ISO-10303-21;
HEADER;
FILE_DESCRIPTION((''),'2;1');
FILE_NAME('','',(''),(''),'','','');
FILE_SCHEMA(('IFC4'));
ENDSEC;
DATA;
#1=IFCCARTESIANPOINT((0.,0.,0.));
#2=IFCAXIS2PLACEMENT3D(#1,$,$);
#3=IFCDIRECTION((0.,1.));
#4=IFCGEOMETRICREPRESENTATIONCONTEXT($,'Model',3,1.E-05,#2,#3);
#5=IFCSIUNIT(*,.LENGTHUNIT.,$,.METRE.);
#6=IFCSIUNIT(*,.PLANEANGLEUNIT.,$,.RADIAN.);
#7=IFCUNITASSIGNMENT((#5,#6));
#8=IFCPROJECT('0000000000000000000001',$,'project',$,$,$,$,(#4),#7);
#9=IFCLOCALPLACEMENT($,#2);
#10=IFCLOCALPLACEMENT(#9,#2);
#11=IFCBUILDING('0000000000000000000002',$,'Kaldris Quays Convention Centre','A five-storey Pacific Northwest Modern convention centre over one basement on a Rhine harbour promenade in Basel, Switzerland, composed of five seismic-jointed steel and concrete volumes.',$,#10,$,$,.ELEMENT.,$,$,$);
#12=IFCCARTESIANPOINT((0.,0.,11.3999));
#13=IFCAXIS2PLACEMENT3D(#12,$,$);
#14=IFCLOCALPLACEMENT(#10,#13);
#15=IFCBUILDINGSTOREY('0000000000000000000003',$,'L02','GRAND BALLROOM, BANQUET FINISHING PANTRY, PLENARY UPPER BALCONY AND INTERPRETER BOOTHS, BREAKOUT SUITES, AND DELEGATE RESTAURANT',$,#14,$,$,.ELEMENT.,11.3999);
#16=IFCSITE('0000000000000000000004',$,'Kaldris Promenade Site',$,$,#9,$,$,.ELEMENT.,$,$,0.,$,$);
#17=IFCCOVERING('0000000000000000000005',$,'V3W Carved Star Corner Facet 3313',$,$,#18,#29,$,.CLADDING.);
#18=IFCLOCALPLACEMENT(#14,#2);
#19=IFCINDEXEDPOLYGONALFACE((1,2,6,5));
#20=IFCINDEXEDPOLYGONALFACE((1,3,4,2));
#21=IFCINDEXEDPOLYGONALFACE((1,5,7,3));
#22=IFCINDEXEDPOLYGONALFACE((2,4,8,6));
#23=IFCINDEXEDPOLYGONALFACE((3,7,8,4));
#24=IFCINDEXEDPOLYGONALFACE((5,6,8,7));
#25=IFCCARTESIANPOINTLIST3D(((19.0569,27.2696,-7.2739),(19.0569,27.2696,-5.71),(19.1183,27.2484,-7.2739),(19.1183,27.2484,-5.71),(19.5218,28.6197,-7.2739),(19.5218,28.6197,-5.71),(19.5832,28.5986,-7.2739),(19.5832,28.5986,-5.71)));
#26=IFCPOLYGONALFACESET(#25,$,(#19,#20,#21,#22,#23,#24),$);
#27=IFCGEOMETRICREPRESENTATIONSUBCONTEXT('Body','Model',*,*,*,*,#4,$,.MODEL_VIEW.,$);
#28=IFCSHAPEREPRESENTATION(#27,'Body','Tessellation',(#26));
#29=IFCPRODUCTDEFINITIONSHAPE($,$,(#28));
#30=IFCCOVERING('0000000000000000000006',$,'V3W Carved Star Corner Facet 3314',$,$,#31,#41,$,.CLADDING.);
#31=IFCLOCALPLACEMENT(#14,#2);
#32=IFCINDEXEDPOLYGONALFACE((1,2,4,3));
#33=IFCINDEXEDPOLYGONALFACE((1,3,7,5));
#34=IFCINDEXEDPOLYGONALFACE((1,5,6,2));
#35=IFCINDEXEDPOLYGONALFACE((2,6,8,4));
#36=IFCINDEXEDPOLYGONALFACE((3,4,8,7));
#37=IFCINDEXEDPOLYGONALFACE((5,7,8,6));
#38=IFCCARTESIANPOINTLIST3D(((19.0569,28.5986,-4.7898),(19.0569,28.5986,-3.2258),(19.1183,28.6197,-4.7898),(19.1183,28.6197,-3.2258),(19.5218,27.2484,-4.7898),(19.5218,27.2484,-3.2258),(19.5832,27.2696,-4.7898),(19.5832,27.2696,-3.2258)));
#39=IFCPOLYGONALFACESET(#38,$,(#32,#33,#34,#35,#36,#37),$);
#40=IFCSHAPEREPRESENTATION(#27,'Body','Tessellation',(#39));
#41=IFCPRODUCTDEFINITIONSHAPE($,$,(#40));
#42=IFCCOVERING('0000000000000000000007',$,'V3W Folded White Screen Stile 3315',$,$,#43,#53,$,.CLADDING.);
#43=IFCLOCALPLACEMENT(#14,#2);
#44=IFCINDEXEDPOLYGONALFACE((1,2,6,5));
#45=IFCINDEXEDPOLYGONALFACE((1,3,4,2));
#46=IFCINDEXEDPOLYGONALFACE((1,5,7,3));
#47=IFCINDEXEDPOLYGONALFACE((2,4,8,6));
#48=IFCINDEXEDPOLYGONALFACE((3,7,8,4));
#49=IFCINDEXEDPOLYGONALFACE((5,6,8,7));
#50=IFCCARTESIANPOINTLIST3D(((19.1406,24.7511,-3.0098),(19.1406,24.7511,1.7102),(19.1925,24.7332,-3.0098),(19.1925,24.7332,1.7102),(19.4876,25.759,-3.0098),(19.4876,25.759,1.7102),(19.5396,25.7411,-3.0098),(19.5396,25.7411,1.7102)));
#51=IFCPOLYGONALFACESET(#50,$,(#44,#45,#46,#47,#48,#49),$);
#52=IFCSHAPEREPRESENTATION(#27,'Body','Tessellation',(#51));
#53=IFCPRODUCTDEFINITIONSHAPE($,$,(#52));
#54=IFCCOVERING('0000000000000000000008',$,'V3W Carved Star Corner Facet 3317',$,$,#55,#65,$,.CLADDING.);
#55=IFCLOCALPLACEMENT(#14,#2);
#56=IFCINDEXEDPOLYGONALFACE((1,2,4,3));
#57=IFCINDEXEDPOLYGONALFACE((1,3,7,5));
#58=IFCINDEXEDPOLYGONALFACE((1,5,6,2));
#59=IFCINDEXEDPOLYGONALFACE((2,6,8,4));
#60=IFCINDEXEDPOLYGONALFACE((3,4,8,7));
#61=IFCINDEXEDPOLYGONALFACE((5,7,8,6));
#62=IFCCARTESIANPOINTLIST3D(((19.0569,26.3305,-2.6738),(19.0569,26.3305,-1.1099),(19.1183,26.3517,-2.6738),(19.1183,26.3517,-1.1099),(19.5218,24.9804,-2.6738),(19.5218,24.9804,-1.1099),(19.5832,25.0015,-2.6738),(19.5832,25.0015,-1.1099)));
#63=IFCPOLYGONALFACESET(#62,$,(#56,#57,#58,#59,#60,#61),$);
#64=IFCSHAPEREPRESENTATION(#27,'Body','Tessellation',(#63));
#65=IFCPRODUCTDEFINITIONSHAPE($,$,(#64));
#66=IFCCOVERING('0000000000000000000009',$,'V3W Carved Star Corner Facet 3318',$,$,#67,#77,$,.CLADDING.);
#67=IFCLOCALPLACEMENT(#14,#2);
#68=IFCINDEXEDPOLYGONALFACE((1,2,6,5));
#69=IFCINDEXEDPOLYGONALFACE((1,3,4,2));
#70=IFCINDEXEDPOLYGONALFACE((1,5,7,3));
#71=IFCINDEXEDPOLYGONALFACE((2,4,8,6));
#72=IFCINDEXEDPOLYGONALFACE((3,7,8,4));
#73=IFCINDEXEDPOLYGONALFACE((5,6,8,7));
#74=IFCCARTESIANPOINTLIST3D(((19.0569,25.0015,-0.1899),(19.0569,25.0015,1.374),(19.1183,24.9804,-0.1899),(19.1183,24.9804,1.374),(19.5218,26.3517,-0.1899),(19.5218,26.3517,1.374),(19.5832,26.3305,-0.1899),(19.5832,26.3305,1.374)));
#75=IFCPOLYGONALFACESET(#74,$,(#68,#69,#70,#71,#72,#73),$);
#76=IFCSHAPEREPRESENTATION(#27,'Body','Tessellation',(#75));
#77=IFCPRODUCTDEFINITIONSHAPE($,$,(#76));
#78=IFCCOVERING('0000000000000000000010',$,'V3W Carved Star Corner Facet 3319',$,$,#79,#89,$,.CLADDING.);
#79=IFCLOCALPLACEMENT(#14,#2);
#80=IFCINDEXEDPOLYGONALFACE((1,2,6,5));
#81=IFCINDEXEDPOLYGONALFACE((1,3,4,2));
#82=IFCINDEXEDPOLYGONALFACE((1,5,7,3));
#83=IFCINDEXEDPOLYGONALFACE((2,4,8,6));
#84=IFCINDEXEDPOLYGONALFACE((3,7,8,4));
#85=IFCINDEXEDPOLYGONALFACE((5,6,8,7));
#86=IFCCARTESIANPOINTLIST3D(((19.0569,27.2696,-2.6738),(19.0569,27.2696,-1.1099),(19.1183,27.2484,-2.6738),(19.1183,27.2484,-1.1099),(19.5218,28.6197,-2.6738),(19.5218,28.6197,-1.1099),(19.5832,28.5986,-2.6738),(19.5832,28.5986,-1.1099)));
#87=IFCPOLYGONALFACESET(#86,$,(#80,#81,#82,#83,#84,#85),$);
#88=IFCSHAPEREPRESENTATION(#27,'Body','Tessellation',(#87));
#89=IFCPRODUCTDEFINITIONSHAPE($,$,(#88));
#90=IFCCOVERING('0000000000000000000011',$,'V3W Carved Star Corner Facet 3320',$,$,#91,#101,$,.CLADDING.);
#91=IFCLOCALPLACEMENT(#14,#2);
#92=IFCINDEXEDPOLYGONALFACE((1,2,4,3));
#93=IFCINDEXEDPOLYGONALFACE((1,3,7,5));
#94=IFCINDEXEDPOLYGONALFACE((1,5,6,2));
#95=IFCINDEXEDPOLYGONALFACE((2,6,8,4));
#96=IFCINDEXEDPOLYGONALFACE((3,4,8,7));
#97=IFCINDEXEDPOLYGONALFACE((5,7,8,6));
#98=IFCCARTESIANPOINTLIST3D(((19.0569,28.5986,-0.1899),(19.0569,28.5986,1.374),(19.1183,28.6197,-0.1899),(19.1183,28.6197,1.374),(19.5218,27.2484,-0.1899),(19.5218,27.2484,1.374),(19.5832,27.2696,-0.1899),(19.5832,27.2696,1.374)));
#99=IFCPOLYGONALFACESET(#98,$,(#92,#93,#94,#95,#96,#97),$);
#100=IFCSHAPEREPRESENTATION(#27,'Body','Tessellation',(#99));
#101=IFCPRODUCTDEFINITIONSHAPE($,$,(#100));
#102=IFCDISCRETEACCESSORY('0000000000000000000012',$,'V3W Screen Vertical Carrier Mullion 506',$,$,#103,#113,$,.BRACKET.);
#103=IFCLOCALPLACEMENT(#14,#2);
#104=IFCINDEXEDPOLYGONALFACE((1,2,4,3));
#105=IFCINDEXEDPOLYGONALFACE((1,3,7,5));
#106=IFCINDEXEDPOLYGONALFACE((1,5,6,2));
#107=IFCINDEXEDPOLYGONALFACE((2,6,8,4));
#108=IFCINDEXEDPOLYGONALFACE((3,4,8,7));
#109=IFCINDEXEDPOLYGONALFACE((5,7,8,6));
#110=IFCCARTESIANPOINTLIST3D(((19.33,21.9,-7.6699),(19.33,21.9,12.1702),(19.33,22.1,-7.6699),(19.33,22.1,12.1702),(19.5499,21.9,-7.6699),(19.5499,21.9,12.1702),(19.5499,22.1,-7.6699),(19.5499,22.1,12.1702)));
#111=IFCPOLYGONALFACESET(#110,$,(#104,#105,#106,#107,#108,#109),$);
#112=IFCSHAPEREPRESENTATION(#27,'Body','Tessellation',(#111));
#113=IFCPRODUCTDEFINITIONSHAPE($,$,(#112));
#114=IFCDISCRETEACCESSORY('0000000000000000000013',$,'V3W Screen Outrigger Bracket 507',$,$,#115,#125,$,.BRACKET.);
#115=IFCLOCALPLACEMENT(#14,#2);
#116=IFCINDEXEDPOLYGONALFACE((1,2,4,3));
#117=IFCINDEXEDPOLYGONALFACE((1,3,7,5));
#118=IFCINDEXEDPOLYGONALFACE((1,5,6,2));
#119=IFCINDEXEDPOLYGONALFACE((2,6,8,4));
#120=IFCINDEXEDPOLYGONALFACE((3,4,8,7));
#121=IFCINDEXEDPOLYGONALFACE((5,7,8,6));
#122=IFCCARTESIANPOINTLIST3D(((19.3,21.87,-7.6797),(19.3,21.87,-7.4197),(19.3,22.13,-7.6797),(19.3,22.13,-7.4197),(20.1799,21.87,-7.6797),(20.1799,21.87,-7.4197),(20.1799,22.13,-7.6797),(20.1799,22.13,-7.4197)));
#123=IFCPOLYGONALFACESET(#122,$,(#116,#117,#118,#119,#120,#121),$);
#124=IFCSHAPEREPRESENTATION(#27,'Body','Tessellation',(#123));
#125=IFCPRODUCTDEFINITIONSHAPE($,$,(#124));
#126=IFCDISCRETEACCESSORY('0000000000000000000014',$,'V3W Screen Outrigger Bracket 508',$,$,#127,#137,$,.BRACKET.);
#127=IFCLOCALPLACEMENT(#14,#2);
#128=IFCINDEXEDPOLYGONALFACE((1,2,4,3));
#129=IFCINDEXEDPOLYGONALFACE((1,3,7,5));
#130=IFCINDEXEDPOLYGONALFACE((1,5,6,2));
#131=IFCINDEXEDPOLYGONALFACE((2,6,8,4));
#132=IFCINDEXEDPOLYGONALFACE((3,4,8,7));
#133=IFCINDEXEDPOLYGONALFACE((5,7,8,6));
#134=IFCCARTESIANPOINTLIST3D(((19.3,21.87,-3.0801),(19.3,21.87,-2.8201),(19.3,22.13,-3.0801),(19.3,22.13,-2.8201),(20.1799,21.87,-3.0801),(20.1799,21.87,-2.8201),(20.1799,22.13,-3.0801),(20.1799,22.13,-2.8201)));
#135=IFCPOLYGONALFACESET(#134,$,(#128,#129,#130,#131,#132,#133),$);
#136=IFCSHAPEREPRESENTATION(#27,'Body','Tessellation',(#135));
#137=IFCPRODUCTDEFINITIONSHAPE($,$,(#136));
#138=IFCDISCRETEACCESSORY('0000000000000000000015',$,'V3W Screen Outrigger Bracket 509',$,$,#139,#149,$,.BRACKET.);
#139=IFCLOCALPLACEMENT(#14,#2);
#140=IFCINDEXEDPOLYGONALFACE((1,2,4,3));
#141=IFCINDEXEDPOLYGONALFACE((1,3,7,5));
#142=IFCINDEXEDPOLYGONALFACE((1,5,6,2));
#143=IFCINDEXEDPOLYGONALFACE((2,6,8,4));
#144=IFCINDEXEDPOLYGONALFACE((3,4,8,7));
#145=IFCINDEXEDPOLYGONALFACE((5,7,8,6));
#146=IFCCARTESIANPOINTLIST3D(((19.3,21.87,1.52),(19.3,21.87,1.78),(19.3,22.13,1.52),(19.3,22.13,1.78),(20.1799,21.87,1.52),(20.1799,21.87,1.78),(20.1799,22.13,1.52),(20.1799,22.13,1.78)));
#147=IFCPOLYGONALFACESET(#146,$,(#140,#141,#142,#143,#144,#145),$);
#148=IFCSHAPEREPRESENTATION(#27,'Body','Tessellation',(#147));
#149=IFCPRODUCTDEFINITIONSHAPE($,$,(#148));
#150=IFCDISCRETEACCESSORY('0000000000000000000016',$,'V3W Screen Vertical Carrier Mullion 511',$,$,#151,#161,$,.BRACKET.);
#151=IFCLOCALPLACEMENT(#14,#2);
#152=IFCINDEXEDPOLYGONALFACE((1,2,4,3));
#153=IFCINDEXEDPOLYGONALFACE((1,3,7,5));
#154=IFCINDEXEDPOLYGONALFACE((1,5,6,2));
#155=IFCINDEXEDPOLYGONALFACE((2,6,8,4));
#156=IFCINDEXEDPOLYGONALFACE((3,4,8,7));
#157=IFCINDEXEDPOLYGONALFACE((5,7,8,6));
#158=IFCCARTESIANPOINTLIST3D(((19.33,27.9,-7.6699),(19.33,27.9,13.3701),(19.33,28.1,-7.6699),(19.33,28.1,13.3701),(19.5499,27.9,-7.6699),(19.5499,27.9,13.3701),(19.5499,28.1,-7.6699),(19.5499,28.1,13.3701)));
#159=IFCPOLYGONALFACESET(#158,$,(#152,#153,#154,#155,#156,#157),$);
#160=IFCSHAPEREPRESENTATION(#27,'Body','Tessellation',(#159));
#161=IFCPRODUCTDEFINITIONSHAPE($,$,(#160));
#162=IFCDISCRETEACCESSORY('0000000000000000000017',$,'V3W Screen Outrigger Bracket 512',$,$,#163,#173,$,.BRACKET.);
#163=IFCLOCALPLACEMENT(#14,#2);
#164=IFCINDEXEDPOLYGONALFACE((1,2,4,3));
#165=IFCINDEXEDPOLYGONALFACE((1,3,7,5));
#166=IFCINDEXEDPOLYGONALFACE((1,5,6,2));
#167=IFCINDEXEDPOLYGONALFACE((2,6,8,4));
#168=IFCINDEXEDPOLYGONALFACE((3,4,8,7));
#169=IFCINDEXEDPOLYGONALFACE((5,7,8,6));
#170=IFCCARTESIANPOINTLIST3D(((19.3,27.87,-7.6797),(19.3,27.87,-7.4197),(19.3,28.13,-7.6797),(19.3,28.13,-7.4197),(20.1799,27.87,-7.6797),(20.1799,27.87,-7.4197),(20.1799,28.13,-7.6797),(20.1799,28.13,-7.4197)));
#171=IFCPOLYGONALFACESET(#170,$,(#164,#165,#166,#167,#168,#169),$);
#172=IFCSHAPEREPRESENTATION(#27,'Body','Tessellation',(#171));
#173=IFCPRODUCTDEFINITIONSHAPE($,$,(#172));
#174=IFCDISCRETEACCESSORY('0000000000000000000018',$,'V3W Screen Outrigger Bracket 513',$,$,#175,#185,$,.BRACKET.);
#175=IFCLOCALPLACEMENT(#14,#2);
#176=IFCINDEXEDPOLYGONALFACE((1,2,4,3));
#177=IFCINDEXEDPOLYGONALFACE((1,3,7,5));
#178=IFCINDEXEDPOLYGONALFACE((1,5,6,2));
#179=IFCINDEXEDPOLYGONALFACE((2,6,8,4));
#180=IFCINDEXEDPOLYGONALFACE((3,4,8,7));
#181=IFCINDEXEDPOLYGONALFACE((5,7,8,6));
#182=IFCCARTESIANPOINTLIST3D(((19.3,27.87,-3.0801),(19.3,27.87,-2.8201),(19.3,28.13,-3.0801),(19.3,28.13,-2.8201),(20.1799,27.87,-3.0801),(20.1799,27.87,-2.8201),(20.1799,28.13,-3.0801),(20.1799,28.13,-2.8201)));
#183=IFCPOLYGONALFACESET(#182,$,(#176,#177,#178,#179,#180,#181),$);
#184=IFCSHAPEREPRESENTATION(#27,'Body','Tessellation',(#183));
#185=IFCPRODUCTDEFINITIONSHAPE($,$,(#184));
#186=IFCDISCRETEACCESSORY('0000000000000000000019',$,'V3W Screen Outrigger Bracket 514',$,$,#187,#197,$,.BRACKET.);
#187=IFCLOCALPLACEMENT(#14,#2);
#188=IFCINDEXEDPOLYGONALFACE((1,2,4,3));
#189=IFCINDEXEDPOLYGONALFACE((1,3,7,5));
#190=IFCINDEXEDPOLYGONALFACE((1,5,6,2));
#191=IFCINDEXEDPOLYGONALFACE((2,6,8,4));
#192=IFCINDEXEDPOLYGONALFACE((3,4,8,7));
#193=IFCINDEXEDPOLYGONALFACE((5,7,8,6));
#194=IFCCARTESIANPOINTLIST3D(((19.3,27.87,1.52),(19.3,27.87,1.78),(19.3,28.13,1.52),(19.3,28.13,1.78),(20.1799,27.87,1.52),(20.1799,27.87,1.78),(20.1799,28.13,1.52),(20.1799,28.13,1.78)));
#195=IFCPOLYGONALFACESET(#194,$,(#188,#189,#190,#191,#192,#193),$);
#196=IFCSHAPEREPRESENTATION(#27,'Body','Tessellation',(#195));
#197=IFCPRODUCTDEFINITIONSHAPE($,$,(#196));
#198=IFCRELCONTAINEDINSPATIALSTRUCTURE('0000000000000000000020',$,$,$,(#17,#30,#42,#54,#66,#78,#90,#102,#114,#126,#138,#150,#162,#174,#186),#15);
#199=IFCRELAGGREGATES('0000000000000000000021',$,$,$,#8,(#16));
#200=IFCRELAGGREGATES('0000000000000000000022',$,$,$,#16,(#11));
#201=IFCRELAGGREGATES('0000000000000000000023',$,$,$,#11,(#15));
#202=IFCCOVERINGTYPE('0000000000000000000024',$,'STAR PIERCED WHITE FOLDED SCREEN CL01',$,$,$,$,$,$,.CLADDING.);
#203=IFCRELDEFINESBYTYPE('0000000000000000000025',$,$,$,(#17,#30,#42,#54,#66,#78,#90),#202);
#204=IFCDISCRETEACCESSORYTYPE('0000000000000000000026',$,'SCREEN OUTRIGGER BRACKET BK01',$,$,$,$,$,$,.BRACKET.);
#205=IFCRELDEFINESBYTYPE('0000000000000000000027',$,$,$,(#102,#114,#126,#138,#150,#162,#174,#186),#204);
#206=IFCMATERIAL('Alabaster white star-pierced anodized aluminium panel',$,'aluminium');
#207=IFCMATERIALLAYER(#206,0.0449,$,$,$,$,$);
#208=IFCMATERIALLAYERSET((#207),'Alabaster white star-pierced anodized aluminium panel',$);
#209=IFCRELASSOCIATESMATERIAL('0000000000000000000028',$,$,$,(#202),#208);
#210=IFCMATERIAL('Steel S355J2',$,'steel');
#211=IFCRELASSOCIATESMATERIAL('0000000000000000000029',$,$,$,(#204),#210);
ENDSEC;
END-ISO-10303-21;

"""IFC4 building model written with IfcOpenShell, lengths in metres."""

from ifc_helpers import new_model, si_unit, direction, frame, origin, origin_2d, place, context, subcontext, project, spatial, rectangle, extrude, material, layer, layer_set, type_object, element, save


model = new_model("IFC4")

# Units and contexts
model_context = context("Model", 3, precision=1e-05, world=origin(), true_north=direction((0.0, 1.0)))
body_context = subcontext(model_context, "Body", "Model", "MODEL_VIEW")
ifc_project = project(units=[si_unit("LENGTHUNIT", "METRE"), si_unit("PLANEANGLEUNIT", "RADIAN")], contexts=[model_context])

# Site, building, storey
site_placement = place(None, origin())
site = spatial("IfcSite", under=ifc_project, at=site_placement, Name="Kaldris Promenade Site", CompositionType="ELEMENT", RefElevation=0.0)
building_placement = place(site_placement, origin())
building = spatial("IfcBuilding", under=site, at=building_placement, Name="Kaldris Quays Convention Centre", Description="A five-storey Pacific Northwest Modern convention centre over one basement on a Rhine harbour promenade in Basel, Switzerland, composed of five seismic-jointed steel and concrete volumes.", CompositionType="ELEMENT")
storey_placement = place(building_placement, frame((0.0, 0.0, 11.3999)))
storey = spatial("IfcBuildingStorey", under=building, at=storey_placement, Name="L02", Description="GRAND BALLROOM, BANQUET FINISHING PANTRY, PLENARY UPPER BALCONY AND INTERPRETER BOOTHS, BREAKOUT SUITES, AND DELEGATE RESTAURANT", CompositionType="ELEMENT", Elevation=11.3999)

# Coverings
ifc_material_1 = material(Name="Alabaster white star-pierced anodized aluminium panel", Category="aluminium")
ifc_layer = layer(ifc_material_1, 0.0449)
ifc_layer_set = layer_set([ifc_layer], Name="Alabaster white star-pierced anodized aluminium panel")
covering_type = type_object("IfcCoveringType", Name="STAR PIERCED WHITE FOLDED SCREEN CL01", PredefinedType="CLADDING", material=ifc_layer_set)
for number, where, z_axis, x_axis, name in (
    (1, (19.3201, 27.9341, -7.2739), (0.0, 0.0, 1.0), (0.325568, 0.945519, 0.0), "V3W Carved Star Corner Facet 3313"),
    (2, (19.3201, 27.9341, -4.7898), (0.0, 0.0, 1.0), (-0.325568, 0.945519, 0.0), "V3W Carved Star Corner Facet 3314"),
):
    element("IfcCovering", number, at=place(storey_placement, frame(where, z_axis=z_axis, x_axis=x_axis)), inside=storey, type_object=covering_type, Name=name, PredefinedType="CLADDING", context=body_context, shape_type="SweptSolid", body=[
        extrude(rectangle(XDim=1.428, YDim=0.0649, at=origin_2d()), origin(), (0.0, 0.0, 1.0), 1.564),
    ])
covering_1_placement = place(storey_placement, frame((19.3401, 25.2461, -3.0098), z_axis=(0.0, 0.0, 1.0), x_axis=(0.325568, 0.945519, 0.0)))
element("IfcCovering", 3, at=covering_1_placement, inside=storey, type_object=covering_type, Name="V3W Folded White Screen Stile 3315", PredefinedType="CLADDING", context=body_context, shape_type="SweptSolid", body=[
    extrude(rectangle(XDim=1.0659, YDim=0.0549, at=origin_2d()), origin(), (0.0, 0.0, 1.0), 4.72),
])
for number, where, z_axis, x_axis, name in (
    (4, (19.3201, 25.666, -2.6738), (0.0, 0.0, 1.0), (-0.325568, 0.945519, 0.0), "V3W Carved Star Corner Facet 3317"),
    (5, (19.3201, 25.666, -0.1899), (0.0, 0.0, 1.0), (0.325568, 0.945519, 0.0), "V3W Carved Star Corner Facet 3318"),
    (6, (19.3201, 27.9341, -2.6738), (0.0, 0.0, 1.0), (0.325568, 0.945519, 0.0), "V3W Carved Star Corner Facet 3319"),
    (7, (19.3201, 27.9341, -0.1899), (0.0, 0.0, 1.0), (-0.325568, 0.945519, 0.0), "V3W Carved Star Corner Facet 3320"),
):
    element("IfcCovering", number, at=place(storey_placement, frame(where, z_axis=z_axis, x_axis=x_axis)), inside=storey, type_object=covering_type, Name=name, PredefinedType="CLADDING", context=body_context, shape_type="SweptSolid", body=[
        extrude(rectangle(XDim=1.428, YDim=0.0649, at=origin_2d()), origin(), (0.0, 0.0, 1.0), 1.564),
    ])

# Discrete accessories
ifc_material_2 = material(Name="Steel S355J2", Category="steel")
discrete_accessory_type = type_object("IfcDiscreteAccessoryType", Name="SCREEN OUTRIGGER BRACKET BK01", PredefinedType="BRACKET", material=ifc_material_2)
discrete_accessory_1_placement = place(storey_placement, frame((19.4399, 22.0, -7.6699), z_axis=(0.0, 0.0, 1.0), x_axis=(0.0, 1.0, 0.0)))
element("IfcDiscreteAccessory", 8, at=discrete_accessory_1_placement, inside=storey, type_object=discrete_accessory_type, Name="V3W Screen Vertical Carrier Mullion 506", PredefinedType="BRACKET", context=body_context, shape_type="SweptSolid", body=[
    extrude(rectangle(XDim=0.2, YDim=0.22, at=origin_2d()), origin(), (0.0, 0.0, 1.0), 19.8401),
])
for number, where, z_axis, x_axis, name in (
    (9, (19.74, 22.0, -7.6797), (0.0, 0.0, 1.0), (0.0, 1.0, 0.0), "V3W Screen Outrigger Bracket 507"),
    (10, (19.74, 22.0, -3.0801), (0.0, 0.0, 1.0), (0.0, 1.0, 0.0), "V3W Screen Outrigger Bracket 508"),
    (11, (19.74, 22.0, 1.52), (0.0, 0.0, 1.0), (0.0, 1.0, 0.0), "V3W Screen Outrigger Bracket 509"),
):
    element("IfcDiscreteAccessory", number, at=place(storey_placement, frame(where, z_axis=z_axis, x_axis=x_axis)), inside=storey, type_object=discrete_accessory_type, Name=name, PredefinedType="BRACKET", context=body_context, shape_type="SweptSolid", body=[
        extrude(rectangle(XDim=0.26, YDim=0.8799, at=origin_2d()), origin(), (0.0, 0.0, 1.0), 0.26),
    ])
discrete_accessory_2_placement = place(storey_placement, frame((19.4399, 28.0, -7.6699), z_axis=(0.0, 0.0, 1.0), x_axis=(0.0, 1.0, 0.0)))
element("IfcDiscreteAccessory", 12, at=discrete_accessory_2_placement, inside=storey, type_object=discrete_accessory_type, Name="V3W Screen Vertical Carrier Mullion 511", PredefinedType="BRACKET", context=body_context, shape_type="SweptSolid", body=[
    extrude(rectangle(XDim=0.2, YDim=0.22, at=origin_2d()), origin(), (0.0, 0.0, 1.0), 21.04),
])
for number, where, z_axis, x_axis, name in (
    (13, (19.74, 28.0, -7.6797), (0.0, 0.0, 1.0), (0.0, 1.0, 0.0), "V3W Screen Outrigger Bracket 512"),
    (14, (19.74, 28.0, -3.0801), (0.0, 0.0, 1.0), (0.0, 1.0, 0.0), "V3W Screen Outrigger Bracket 513"),
    (15, (19.74, 28.0, 1.52), (0.0, 0.0, 1.0), (0.0, 1.0, 0.0), "V3W Screen Outrigger Bracket 514"),
):
    element("IfcDiscreteAccessory", number, at=place(storey_placement, frame(where, z_axis=z_axis, x_axis=x_axis)), inside=storey, type_object=discrete_accessory_type, Name=name, PredefinedType="BRACKET", context=body_context, shape_type="SweptSolid", body=[
        extrude(rectangle(XDim=0.26, YDim=0.8799, at=origin_2d()), origin(), (0.0, 0.0, 1.0), 0.26),
    ])

save(model, "model.ifc")
